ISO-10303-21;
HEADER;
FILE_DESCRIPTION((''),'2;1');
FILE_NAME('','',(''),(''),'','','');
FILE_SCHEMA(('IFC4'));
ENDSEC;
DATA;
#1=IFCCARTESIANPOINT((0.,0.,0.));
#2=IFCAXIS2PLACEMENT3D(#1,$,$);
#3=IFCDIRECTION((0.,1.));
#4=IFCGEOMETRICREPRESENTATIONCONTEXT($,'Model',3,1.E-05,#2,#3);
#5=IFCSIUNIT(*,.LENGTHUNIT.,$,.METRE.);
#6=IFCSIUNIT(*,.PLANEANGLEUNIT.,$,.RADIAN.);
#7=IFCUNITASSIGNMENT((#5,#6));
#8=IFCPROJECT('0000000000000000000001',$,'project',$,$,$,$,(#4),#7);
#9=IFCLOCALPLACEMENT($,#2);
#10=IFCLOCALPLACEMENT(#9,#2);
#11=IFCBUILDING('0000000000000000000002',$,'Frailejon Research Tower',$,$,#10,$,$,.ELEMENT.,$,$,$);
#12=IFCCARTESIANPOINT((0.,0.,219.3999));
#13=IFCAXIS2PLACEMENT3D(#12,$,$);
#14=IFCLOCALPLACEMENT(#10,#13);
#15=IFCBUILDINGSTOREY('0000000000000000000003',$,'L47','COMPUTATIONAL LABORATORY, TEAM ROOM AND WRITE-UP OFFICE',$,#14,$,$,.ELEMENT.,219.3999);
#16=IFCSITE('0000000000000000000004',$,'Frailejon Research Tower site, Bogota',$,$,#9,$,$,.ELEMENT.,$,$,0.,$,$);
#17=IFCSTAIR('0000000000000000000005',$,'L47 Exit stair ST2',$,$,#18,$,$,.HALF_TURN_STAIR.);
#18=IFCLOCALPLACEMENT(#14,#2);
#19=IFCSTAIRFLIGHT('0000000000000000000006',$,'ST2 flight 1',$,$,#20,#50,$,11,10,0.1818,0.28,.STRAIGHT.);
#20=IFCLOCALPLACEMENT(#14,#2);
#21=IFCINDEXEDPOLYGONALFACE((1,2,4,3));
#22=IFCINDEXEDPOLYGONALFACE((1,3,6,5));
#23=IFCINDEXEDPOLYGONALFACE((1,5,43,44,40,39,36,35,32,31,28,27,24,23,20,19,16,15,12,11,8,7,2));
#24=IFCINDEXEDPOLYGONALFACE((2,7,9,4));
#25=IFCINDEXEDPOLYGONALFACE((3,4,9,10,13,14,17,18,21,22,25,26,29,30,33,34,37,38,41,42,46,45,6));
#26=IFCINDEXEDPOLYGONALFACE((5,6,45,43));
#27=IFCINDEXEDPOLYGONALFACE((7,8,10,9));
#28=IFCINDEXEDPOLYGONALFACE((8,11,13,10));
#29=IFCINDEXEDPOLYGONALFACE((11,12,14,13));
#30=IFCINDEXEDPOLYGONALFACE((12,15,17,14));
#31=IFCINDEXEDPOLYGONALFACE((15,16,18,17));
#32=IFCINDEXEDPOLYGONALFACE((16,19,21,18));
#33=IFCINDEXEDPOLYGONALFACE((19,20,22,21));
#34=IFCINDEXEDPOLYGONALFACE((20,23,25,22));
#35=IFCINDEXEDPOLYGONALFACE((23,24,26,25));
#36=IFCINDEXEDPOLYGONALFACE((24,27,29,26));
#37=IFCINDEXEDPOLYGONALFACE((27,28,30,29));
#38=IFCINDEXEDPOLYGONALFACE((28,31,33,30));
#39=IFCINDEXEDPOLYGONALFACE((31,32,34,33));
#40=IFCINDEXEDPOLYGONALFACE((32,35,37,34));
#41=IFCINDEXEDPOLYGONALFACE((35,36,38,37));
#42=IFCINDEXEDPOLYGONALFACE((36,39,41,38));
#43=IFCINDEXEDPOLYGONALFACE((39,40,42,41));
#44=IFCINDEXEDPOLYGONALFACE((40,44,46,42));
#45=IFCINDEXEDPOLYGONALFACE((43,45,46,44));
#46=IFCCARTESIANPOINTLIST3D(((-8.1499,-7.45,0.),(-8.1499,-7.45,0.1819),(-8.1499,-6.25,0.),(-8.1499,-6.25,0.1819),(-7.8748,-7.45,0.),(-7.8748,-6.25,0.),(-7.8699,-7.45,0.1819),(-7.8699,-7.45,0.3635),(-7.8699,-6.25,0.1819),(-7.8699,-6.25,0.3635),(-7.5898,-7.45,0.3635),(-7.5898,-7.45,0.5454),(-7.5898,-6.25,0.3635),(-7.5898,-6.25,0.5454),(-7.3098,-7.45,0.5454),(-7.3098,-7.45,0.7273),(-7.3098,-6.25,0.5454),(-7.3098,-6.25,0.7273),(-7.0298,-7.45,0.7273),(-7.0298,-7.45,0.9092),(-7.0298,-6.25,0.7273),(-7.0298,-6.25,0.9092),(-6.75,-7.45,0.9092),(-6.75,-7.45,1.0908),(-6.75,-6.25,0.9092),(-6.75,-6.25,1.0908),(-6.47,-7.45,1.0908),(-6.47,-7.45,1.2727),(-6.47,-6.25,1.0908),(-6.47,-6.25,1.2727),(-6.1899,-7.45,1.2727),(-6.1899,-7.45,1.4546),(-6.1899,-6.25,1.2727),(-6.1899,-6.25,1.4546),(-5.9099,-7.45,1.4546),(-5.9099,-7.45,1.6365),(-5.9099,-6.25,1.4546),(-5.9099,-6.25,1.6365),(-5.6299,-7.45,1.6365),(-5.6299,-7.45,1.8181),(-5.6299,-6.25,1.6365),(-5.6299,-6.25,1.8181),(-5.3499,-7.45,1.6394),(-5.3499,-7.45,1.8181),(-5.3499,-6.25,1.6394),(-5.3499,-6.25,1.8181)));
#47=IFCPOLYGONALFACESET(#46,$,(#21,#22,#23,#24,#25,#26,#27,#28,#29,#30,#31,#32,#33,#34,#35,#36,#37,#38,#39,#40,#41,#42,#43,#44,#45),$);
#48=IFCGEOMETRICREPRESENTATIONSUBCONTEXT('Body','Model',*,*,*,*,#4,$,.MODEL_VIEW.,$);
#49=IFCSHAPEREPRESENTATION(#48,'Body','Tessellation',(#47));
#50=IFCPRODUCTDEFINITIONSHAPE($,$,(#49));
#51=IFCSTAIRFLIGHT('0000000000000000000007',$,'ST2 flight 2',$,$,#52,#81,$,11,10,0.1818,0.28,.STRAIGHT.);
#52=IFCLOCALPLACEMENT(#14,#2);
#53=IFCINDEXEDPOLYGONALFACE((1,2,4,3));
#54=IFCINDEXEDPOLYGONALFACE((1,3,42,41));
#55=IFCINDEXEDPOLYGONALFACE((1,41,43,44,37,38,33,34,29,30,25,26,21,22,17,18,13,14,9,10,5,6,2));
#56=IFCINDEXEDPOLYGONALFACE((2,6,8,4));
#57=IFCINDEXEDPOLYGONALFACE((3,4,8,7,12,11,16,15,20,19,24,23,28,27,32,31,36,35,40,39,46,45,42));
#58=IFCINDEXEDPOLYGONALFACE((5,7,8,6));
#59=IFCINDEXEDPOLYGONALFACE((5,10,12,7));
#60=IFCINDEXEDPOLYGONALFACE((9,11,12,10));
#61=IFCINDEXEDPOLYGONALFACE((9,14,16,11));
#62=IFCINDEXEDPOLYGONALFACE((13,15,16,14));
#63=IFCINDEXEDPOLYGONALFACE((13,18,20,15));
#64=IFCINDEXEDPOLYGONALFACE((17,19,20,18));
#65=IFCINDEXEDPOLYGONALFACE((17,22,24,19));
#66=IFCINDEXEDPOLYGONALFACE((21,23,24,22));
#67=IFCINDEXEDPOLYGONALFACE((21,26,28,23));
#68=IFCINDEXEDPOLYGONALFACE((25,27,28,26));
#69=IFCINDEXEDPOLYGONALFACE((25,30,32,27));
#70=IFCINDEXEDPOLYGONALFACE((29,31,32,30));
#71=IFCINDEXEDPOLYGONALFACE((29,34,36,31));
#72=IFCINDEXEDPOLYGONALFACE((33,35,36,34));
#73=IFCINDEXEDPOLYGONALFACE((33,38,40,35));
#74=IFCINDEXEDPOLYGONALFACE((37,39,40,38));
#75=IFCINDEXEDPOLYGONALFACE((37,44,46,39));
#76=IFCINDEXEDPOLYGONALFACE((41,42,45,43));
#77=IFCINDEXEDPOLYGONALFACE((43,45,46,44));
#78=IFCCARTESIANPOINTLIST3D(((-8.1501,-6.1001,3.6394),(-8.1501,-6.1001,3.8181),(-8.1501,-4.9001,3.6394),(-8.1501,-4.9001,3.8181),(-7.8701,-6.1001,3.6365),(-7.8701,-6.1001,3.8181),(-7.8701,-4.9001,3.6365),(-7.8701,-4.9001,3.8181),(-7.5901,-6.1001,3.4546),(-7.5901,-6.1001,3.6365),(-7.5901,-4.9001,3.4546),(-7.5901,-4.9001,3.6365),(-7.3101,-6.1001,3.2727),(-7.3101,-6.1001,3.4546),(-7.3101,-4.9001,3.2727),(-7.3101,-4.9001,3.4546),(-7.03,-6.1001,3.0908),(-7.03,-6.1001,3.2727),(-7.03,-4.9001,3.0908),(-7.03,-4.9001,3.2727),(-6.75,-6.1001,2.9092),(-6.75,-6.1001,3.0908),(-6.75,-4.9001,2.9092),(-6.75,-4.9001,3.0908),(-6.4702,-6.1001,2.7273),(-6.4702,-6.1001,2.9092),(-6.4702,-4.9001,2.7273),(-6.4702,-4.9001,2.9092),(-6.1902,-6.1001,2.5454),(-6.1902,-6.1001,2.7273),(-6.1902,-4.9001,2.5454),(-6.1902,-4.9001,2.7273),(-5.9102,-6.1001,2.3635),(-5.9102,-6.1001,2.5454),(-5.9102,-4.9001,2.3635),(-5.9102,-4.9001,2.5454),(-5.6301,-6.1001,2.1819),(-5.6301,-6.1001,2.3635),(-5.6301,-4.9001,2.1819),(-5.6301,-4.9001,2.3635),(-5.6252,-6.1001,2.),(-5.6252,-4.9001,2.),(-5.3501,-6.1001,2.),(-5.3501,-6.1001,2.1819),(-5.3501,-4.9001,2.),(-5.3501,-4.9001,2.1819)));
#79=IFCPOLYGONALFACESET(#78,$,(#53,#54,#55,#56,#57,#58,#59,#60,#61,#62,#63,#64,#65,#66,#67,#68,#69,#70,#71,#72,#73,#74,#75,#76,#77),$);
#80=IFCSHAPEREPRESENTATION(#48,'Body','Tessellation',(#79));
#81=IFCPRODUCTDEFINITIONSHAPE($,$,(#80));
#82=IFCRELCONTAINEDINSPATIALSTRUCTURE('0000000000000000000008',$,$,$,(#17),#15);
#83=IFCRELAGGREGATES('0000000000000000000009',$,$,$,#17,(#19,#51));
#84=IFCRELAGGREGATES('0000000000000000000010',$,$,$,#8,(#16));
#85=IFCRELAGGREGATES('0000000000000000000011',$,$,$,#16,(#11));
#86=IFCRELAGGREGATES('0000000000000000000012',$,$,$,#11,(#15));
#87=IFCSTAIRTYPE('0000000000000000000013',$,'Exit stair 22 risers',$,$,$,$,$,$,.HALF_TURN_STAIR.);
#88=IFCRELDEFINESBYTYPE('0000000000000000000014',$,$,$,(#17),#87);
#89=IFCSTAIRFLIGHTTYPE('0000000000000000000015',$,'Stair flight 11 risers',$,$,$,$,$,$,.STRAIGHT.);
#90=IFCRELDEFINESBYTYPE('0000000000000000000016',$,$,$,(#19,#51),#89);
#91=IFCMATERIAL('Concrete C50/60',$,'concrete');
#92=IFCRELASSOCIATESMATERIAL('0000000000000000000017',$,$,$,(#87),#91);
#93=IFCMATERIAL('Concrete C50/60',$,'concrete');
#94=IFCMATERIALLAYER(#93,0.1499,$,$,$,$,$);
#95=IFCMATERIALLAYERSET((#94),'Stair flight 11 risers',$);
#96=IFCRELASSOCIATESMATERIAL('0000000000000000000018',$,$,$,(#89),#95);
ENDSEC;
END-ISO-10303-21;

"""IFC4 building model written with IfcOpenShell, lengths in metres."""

from ifc_helpers import new_model, si_unit, direction, frame, origin, place, context, subcontext, project, spatial, polyline, outline, extrude, material, layer, layer_set, type_object, element, aggregate, save


model = new_model("IFC4")

# Units and contexts
model_context = context("Model", 3, precision=1e-05, world=origin(), true_north=direction((0.0, 1.0)))
body_context = subcontext(model_context, "Body", "Model", "MODEL_VIEW")
ifc_project = project(units=[si_unit("LENGTHUNIT", "METRE"), si_unit("PLANEANGLEUNIT", "RADIAN")], contexts=[model_context])

# Site, building, storey
site_placement = place(None, origin())
site = spatial("IfcSite", under=ifc_project, at=site_placement, Name="Frailejon Research Tower site, Bogota", CompositionType="ELEMENT", RefElevation=0.0)
building_placement = place(site_placement, origin())
building = spatial("IfcBuilding", under=site, at=building_placement, Name="Frailejon Research Tower", CompositionType="ELEMENT")
storey_placement = place(building_placement, frame((0.0, 0.0, 219.3999)))
storey = spatial("IfcBuildingStorey", under=building, at=storey_placement, Name="L47", Description="COMPUTATIONAL LABORATORY, TEAM ROOM AND WRITE-UP OFFICE", CompositionType="ELEMENT", Elevation=219.3999)

# Stair, stair flights
ifc_material_1 = material(Name="Concrete C50/60", Category="concrete")
stair_type = type_object("IfcStairType", Name="Exit stair 22 risers", PredefinedType="HALF_TURN_STAIR", material=ifc_material_1)
stair_placement = place(storey_placement, origin())
stair = element("IfcStair", 1, at=stair_placement, inside=storey, type_object=stair_type, Name="L47 Exit stair ST2", PredefinedType="HALF_TURN_STAIR")
ifc_material_2 = material(Name="Concrete C50/60", Category="concrete")
ifc_layer_1 = layer(ifc_material_2, 0.1499)
ifc_layer_set_1 = layer_set([ifc_layer_1], Name="Stair flight 11 risers")
stair_flight_type = type_object("IfcStairFlightType", Name="Stair flight 11 risers", PredefinedType="STRAIGHT", material=ifc_layer_set_1)
stair_flight_1_placement = place(storey_placement, frame((-8.1499, -6.8501, 0.0), z_axis=(0.0, 0.0, 1.0), x_axis=(1.0, 0.0, 0.0)))
stair_flight_1 = element("IfcStairFlight", 2, at=stair_flight_1_placement, type_object=stair_flight_type, Name="ST2 flight 1", NumberOfRisers=11, NumberOfTreads=10, PredefinedType="STRAIGHT", RiserHeight=0.1818, TreadLength=0.28, context=body_context, shape_type="SweptSolid", body=[
    extrude(outline(polyline([(0.0, 0.0), (0.0, 0.1819), (0.28, 0.1819), (0.28, 0.3635), (0.5601, 0.3635), (0.5601, 0.5454), (0.8401, 0.5454), (0.8401, 0.7273), (1.1201, 0.7273), (1.1201, 0.9092), (1.3999, 0.9092), (1.3999, 1.0908), (1.6799, 1.0908), (1.6799, 1.2727), (1.96, 1.2727), (1.96, 1.4546), (2.24, 1.4546), (2.24, 1.6365), (2.52, 1.6365), (2.52, 1.8181), (2.8, 1.8181), (2.8, 2.0), (2.8, 1.6394), (0.2751, 0.0), (0.0, 0.0)])), frame((0.0, 0.6001, 0.0), z_axis=(0.0, -1.0, 0.0), x_axis=(1.0, 0.0, 0.0)), (0.0, 0.0, 1.0), 1.2),
])
stair_flight_2_placement = place(storey_placement, frame((-5.3501, -5.5, 2.0), z_axis=(0.0, 0.0, 1.0), x_axis=(-1.0, 0.0, 0.0)))
stair_flight_2 = element("IfcStairFlight", 3, at=stair_flight_2_placement, type_object=stair_flight_type, Name="ST2 flight 2", NumberOfRisers=11, NumberOfTreads=10, PredefinedType="STRAIGHT", RiserHeight=0.1818, TreadLength=0.28, context=body_context, shape_type="SweptSolid", body=[
    extrude(outline(polyline([(0.0, 0.0), (0.0, 0.1819), (0.28, 0.1819), (0.28, 0.3635), (0.5601, 0.3635), (0.5601, 0.5454), (0.8401, 0.5454), (0.8401, 0.7273), (1.1201, 0.7273), (1.1201, 0.9092), (1.3999, 0.9092), (1.3999, 1.0908), (1.6799, 1.0908), (1.6799, 1.2727), (1.96, 1.2727), (1.96, 1.4546), (2.24, 1.4546), (2.24, 1.6365), (2.52, 1.6365), (2.52, 1.8181), (2.8, 1.8181), (2.8, 2.0), (2.8, 1.6394), (0.2751, 0.0), (0.0, 0.0)])), frame((0.0, 0.6001, 0.0), z_axis=(0.0, -1.0, 0.0), x_axis=(1.0, 0.0, 0.0)), (0.0, 0.0, 1.0), 1.2),
])
aggregate(stair, [stair_flight_1, stair_flight_2])

save(model, "model.ifc")
